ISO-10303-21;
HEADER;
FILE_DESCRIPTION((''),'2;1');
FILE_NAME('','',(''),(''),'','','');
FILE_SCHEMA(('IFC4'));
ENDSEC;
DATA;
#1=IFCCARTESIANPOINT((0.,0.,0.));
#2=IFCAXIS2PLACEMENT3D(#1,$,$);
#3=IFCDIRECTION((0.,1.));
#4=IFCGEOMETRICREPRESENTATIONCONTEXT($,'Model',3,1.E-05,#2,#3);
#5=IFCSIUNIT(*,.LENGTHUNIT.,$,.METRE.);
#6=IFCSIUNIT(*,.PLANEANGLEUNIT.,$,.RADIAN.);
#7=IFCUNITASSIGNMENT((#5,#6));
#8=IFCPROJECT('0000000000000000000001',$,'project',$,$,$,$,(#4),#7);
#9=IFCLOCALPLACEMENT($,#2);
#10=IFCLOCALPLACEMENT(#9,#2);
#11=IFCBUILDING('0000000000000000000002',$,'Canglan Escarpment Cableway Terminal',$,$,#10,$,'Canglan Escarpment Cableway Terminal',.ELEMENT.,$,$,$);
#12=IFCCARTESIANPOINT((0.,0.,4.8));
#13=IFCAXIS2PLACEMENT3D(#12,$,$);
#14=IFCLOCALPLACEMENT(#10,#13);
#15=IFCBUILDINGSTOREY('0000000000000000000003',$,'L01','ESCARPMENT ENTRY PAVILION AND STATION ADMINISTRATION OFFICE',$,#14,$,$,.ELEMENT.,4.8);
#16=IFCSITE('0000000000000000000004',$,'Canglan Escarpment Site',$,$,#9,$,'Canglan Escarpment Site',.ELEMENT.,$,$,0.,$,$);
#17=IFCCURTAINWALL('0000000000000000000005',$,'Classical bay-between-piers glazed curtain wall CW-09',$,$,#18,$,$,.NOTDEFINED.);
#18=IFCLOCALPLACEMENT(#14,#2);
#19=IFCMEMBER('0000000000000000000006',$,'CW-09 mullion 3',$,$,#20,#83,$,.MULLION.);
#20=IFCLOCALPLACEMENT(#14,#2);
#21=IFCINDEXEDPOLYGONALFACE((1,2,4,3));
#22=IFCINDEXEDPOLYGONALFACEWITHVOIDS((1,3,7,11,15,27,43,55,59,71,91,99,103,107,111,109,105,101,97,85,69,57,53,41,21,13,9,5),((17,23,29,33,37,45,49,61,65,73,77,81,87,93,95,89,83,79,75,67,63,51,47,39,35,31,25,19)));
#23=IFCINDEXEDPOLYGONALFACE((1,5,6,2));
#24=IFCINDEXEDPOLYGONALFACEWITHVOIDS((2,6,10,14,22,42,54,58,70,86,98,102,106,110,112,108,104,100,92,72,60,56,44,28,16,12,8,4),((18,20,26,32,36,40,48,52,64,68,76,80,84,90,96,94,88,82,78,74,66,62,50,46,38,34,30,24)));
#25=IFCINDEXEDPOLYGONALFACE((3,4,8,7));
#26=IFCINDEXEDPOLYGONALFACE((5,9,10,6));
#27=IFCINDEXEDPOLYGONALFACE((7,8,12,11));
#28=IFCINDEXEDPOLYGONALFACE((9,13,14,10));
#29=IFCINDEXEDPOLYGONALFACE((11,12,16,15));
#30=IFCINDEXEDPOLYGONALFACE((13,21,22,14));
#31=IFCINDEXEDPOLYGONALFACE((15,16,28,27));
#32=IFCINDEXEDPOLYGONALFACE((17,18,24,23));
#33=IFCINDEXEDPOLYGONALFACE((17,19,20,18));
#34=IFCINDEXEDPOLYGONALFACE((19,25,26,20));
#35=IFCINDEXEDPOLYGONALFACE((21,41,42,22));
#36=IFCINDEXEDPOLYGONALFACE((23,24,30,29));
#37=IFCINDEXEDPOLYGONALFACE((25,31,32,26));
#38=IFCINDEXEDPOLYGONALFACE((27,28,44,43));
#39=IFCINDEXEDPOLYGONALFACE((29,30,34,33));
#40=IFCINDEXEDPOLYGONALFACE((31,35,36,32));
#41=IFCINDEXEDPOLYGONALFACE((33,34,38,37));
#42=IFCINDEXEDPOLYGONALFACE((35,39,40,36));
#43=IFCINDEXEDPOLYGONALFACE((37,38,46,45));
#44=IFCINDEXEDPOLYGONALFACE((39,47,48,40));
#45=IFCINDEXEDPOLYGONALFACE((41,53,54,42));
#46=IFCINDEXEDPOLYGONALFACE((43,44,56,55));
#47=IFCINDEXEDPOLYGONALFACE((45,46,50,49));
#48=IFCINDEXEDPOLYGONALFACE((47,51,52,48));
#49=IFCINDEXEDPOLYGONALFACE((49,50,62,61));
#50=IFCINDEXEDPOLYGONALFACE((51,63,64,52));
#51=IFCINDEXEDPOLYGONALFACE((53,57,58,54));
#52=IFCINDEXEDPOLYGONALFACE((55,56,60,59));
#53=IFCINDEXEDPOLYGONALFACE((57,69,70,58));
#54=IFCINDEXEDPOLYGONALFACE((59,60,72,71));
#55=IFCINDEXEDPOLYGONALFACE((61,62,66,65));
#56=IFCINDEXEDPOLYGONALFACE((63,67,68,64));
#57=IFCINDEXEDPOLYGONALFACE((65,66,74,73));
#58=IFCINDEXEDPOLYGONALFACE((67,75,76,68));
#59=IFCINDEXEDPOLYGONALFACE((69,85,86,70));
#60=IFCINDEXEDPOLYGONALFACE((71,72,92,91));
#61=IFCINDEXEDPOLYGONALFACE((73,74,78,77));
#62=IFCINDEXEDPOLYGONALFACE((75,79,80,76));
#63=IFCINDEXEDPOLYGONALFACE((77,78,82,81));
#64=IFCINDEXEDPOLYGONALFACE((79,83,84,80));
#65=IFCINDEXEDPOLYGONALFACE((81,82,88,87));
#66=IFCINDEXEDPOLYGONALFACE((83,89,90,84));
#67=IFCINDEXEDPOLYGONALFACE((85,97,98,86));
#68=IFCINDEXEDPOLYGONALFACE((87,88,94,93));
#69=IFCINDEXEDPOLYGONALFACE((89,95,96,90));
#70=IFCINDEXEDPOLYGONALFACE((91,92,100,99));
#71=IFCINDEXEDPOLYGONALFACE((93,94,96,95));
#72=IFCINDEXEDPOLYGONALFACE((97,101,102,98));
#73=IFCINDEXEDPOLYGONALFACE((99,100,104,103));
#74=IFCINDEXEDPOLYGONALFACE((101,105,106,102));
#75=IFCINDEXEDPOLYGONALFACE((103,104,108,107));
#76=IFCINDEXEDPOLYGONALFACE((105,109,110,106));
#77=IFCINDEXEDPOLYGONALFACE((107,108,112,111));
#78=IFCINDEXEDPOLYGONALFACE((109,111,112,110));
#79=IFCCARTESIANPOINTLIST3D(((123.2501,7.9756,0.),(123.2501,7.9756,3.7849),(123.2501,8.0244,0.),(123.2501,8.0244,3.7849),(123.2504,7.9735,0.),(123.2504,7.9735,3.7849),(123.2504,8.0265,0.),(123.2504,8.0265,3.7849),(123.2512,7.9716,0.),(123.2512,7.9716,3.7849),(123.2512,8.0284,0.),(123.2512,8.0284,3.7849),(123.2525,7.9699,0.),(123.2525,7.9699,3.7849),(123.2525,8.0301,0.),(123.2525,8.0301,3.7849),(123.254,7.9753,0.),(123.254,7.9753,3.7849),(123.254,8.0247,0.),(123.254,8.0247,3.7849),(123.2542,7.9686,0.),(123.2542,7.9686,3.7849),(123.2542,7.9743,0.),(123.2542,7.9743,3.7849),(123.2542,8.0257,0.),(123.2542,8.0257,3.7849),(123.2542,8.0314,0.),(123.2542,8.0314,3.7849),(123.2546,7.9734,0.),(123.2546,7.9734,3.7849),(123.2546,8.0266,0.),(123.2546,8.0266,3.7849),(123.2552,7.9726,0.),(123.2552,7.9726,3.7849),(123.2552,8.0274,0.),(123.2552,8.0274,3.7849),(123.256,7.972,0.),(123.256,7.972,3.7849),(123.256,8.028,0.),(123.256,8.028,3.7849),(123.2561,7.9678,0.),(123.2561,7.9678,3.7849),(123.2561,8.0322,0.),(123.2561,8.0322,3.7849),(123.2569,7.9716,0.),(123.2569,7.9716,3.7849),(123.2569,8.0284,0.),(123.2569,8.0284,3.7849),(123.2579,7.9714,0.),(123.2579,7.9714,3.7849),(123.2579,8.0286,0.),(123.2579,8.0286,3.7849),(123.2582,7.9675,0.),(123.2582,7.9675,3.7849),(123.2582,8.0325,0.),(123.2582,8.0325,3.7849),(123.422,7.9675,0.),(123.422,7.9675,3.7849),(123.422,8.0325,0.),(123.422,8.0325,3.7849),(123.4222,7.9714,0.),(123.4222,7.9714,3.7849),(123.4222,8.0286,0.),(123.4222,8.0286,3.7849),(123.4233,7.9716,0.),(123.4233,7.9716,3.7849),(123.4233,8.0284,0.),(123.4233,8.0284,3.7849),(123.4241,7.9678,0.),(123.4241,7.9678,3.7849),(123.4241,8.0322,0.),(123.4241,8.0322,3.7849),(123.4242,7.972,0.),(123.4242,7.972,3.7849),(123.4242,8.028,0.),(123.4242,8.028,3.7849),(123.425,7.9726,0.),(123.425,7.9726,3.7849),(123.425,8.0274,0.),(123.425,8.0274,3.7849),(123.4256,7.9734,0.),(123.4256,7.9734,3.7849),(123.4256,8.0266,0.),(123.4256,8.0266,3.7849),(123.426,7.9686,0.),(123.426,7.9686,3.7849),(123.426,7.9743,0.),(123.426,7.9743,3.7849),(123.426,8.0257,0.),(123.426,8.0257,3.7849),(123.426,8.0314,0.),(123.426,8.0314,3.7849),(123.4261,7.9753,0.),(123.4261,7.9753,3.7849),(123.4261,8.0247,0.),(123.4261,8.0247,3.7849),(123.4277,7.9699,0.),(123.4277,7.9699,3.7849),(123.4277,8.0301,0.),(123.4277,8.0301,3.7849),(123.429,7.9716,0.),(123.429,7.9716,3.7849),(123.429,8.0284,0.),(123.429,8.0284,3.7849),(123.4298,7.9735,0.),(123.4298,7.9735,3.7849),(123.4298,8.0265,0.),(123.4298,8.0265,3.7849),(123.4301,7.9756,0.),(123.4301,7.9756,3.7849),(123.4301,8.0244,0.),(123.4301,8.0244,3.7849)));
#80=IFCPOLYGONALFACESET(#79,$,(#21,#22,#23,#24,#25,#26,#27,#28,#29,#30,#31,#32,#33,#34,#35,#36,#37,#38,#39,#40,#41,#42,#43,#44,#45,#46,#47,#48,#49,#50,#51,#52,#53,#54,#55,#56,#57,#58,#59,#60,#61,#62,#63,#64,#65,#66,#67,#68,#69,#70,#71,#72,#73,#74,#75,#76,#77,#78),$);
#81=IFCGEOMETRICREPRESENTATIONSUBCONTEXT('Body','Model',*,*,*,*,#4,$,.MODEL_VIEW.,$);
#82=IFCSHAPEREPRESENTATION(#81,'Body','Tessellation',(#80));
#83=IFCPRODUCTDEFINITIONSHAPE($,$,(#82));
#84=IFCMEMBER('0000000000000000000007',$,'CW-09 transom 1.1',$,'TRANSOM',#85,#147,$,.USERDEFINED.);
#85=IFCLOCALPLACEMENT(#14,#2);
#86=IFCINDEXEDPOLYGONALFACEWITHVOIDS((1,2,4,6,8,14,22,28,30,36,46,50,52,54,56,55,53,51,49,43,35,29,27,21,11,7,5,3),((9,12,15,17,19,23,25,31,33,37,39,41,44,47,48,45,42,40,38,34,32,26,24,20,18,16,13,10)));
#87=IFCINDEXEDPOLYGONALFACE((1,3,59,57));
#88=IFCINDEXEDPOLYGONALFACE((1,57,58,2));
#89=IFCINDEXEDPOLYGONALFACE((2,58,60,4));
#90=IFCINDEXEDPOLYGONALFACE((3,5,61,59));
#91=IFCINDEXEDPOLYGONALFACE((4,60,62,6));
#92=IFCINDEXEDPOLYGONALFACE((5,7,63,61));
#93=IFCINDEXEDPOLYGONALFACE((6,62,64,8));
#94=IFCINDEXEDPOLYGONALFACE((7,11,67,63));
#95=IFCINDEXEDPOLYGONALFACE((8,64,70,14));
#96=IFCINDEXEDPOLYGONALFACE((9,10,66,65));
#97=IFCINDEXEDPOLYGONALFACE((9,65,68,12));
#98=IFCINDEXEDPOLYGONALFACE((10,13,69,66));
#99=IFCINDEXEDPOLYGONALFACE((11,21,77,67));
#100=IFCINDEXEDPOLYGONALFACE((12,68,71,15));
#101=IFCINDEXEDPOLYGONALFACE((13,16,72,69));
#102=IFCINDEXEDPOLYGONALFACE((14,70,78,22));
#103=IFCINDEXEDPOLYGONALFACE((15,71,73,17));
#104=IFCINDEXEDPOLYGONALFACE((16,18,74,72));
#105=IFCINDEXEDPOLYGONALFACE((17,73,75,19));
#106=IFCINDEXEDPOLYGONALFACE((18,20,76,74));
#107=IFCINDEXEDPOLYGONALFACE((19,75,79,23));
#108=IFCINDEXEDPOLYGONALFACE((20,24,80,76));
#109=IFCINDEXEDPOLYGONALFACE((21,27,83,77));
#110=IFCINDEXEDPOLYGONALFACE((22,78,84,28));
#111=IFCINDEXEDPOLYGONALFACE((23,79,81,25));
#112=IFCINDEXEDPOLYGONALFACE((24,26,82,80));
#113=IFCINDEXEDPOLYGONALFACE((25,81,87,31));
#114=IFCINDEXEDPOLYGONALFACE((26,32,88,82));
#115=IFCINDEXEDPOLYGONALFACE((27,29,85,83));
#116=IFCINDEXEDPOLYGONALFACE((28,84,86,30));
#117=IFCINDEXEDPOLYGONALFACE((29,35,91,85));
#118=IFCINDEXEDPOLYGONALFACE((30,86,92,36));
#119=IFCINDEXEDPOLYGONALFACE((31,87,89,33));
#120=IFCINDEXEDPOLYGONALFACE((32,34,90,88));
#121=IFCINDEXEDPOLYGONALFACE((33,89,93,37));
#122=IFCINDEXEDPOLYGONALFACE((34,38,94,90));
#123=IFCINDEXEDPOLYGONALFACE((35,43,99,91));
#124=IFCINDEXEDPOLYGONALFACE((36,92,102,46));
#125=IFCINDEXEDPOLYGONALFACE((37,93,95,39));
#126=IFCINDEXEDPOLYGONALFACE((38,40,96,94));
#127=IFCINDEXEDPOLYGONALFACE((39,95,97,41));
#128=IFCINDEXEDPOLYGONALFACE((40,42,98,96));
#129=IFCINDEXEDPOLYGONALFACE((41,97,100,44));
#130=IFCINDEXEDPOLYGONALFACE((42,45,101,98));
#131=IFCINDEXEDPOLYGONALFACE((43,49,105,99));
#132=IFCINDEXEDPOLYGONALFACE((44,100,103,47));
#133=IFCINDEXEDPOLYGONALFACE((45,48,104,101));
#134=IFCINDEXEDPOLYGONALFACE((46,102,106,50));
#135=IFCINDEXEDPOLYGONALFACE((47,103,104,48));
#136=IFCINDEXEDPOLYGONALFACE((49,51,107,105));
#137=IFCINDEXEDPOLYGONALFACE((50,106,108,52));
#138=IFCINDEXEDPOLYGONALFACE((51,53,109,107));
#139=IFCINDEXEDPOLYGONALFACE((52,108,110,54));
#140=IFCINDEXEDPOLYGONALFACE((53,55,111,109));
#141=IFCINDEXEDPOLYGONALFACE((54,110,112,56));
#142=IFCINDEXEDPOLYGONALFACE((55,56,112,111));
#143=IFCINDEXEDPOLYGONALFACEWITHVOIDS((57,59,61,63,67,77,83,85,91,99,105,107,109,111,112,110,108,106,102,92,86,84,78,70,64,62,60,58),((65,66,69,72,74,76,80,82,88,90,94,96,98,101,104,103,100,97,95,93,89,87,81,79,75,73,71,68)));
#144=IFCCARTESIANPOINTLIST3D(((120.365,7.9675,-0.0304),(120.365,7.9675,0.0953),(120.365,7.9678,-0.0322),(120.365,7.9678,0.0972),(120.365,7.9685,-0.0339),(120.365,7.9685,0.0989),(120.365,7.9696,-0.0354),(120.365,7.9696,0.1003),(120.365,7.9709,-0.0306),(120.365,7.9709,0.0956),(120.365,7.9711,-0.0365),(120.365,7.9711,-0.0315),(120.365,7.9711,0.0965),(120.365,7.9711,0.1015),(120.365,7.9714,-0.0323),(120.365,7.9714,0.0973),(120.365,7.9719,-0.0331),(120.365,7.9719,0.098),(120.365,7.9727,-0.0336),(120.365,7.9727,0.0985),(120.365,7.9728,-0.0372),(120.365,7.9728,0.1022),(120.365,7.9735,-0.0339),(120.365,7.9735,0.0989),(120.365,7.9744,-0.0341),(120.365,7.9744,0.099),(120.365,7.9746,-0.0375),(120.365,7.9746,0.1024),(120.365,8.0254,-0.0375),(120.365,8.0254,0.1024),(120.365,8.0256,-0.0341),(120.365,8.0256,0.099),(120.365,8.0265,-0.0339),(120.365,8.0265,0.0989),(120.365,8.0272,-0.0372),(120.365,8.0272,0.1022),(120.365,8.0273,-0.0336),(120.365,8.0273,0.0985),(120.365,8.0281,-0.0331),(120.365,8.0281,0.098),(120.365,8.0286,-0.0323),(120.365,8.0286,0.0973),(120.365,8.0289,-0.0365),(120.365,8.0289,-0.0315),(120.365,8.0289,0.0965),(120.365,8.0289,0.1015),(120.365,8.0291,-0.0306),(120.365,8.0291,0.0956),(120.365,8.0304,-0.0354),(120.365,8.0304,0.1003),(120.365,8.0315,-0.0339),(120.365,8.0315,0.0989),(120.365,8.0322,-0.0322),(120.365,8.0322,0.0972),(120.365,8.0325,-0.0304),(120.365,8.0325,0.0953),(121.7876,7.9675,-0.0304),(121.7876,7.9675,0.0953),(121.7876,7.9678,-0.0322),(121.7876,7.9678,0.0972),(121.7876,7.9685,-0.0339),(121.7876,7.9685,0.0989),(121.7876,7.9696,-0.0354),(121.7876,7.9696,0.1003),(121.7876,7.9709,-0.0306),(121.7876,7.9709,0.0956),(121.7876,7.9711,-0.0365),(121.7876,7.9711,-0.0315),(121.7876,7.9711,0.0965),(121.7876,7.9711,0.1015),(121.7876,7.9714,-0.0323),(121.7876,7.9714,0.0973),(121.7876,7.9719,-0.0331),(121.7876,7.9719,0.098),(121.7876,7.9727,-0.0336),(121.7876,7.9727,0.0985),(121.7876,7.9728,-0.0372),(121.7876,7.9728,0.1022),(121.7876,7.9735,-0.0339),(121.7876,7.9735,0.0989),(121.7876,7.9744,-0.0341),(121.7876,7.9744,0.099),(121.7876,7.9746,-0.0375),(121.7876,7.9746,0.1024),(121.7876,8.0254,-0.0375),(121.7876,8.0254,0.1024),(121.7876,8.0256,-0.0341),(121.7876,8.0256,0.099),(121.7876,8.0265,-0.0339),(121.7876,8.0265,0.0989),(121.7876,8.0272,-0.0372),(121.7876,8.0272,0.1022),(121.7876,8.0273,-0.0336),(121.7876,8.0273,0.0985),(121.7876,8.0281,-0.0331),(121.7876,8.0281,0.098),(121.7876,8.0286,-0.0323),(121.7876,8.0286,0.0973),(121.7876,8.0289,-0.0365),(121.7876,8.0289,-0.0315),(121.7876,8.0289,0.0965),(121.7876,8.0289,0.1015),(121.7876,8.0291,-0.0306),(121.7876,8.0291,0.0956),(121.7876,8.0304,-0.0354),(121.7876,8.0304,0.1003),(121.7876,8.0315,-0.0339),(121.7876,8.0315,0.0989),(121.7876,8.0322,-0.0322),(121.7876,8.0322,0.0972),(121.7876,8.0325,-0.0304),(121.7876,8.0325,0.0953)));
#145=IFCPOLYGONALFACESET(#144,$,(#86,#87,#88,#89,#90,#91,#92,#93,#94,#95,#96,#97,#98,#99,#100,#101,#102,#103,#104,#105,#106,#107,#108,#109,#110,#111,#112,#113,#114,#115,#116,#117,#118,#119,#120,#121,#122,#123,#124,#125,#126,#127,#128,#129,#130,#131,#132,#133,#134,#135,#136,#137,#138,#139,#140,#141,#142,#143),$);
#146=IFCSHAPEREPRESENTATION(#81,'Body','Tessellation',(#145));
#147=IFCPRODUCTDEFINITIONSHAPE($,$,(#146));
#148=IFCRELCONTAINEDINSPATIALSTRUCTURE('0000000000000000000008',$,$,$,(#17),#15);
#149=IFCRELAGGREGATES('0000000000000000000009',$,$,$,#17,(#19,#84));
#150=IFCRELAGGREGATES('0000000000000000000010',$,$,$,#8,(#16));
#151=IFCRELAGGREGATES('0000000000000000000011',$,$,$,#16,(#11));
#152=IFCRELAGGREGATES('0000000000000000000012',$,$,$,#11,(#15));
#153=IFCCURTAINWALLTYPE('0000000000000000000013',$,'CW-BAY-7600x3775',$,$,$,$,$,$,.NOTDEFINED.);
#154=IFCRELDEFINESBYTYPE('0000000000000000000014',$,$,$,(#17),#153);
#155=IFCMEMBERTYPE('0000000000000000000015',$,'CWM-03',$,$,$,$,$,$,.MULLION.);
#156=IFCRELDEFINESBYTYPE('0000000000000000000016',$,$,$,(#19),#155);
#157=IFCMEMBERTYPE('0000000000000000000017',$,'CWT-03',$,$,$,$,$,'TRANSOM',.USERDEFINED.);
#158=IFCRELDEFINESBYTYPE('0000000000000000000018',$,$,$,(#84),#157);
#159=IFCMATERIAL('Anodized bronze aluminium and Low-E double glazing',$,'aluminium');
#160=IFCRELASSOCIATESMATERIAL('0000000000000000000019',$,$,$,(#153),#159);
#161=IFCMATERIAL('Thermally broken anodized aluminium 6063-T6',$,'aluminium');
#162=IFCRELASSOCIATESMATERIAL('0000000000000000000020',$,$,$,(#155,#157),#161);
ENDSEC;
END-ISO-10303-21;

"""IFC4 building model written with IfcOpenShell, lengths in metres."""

from ifc_helpers import new_model, si_unit, direction, frame, origin, origin_2d, place, context, subcontext, project, spatial, hollow_rectangle, extrude, material, material_profile, profile_set, type_object, element, aggregate, save


model = new_model("IFC4")

# Units and contexts
model_context = context("Model", 3, precision=1e-05, world=origin(), true_north=direction((0.0, 1.0)))
body_context = subcontext(model_context, "Body", "Model", "MODEL_VIEW")
ifc_project = project(units=[si_unit("LENGTHUNIT", "METRE"), si_unit("PLANEANGLEUNIT", "RADIAN")], contexts=[model_context])

# Site, building, storey
site_placement = place(None, origin())
site = spatial("IfcSite", under=ifc_project, at=site_placement, Name="Canglan Escarpment Site", LongName="Canglan Escarpment Site", CompositionType="ELEMENT", RefElevation=0.0)
building_placement = place(site_placement, origin())
building = spatial("IfcBuilding", under=site, at=building_placement, Name="Canglan Escarpment Cableway Terminal", LongName="Canglan Escarpment Cableway Terminal", CompositionType="ELEMENT")
storey_placement = place(building_placement, frame((0.0, 0.0, 4.8)))
storey = spatial("IfcBuildingStorey", under=building, at=storey_placement, Name="L01", Description="ESCARPMENT ENTRY PAVILION AND STATION ADMINISTRATION OFFICE", CompositionType="ELEMENT", Elevation=4.8)

# Curtain wall, members
ifc_material_1 = material(Name="Anodized bronze aluminium and Low-E double glazing", Category="aluminium")
curtain_wall_type = type_object("IfcCurtainWallType", Name="CW-BAY-7600x3775", PredefinedType="NOTDEFINED", material=ifc_material_1)
curtain_wall_placement = place(storey_placement, origin())
curtain_wall = element("IfcCurtainWall", 1, at=curtain_wall_placement, inside=storey, type_object=curtain_wall_type, Name="Classical bay-between-piers glazed curtain wall CW-09", PredefinedType="NOTDEFINED")
ifc_material_2 = material(Name="Thermally broken anodized aluminium 6063-T6", Category="aluminium")
ifc_material_profile_1 = material_profile(ifc_material_2, hollow_rectangle(XDim=0.0649, YDim=0.1799, WallThickness=0.0039, InnerFilletRadius=0.0039, OuterFilletRadius=0.0081, at=origin_2d()), Name="ALU-MULL 65x180x4")
ifc_profile_set_1 = profile_set([ifc_material_profile_1], Name="Thermally broken anodized aluminium 6063-T6")
member_type_1 = type_object("IfcMemberType", Name="CWM-03", PredefinedType="MULLION", material=ifc_profile_set_1)
member_1_placement = place(storey_placement, frame((123.3401, 8.0, 0.0), z_axis=(0.0, 0.0, 1.0), x_axis=(0.0, 1.0, 0.0)))
member_1 = element("IfcMember", 2, at=member_1_placement, type_object=member_type_1, Name="CW-09 mullion 3", PredefinedType="MULLION", context=body_context, shape_type="SweptSolid", body=[
    extrude(hollow_rectangle(XDim=0.0649, YDim=0.1799, WallThickness=0.0039, InnerFilletRadius=0.0039, OuterFilletRadius=0.0081, at=origin_2d()), origin(), (0.0, 0.0, 1.0), 3.7849),
])
ifc_material_profile_2 = material_profile(ifc_material_2, hollow_rectangle(XDim=0.0649, YDim=0.1399, WallThickness=0.0034, InnerFilletRadius=0.0034, OuterFilletRadius=0.0071, at=origin_2d()), Name="ALU-TRAN 65x140x3.5")
ifc_profile_set_2 = profile_set([ifc_material_profile_2], Name="Thermally broken anodized aluminium 6063-T6")
member_type_2 = type_object("IfcMemberType", Name="CWT-03", ElementType="TRANSOM", PredefinedType="USERDEFINED", material=ifc_profile_set_2)
member_2_placement = place(storey_placement, frame((120.365, 8.0, 0.0325), z_axis=(1.0, 0.0, 0.0), x_axis=(0.0, 1.0, 0.0)))
member_2 = element("IfcMember", 3, at=member_2_placement, type_object=member_type_2, Name="CW-09 transom 1.1", ObjectType="TRANSOM", PredefinedType="USERDEFINED", context=body_context, shape_type="SweptSolid", body=[
    extrude(hollow_rectangle(XDim=0.0649, YDim=0.1399, WallThickness=0.0034, InnerFilletRadius=0.0034, OuterFilletRadius=0.0071, at=origin_2d()), origin(), (0.0, 0.0, 1.0), 1.4226),
])

aggregate(curtain_wall, [member_1, member_2])

save(model, "model.ifc")
